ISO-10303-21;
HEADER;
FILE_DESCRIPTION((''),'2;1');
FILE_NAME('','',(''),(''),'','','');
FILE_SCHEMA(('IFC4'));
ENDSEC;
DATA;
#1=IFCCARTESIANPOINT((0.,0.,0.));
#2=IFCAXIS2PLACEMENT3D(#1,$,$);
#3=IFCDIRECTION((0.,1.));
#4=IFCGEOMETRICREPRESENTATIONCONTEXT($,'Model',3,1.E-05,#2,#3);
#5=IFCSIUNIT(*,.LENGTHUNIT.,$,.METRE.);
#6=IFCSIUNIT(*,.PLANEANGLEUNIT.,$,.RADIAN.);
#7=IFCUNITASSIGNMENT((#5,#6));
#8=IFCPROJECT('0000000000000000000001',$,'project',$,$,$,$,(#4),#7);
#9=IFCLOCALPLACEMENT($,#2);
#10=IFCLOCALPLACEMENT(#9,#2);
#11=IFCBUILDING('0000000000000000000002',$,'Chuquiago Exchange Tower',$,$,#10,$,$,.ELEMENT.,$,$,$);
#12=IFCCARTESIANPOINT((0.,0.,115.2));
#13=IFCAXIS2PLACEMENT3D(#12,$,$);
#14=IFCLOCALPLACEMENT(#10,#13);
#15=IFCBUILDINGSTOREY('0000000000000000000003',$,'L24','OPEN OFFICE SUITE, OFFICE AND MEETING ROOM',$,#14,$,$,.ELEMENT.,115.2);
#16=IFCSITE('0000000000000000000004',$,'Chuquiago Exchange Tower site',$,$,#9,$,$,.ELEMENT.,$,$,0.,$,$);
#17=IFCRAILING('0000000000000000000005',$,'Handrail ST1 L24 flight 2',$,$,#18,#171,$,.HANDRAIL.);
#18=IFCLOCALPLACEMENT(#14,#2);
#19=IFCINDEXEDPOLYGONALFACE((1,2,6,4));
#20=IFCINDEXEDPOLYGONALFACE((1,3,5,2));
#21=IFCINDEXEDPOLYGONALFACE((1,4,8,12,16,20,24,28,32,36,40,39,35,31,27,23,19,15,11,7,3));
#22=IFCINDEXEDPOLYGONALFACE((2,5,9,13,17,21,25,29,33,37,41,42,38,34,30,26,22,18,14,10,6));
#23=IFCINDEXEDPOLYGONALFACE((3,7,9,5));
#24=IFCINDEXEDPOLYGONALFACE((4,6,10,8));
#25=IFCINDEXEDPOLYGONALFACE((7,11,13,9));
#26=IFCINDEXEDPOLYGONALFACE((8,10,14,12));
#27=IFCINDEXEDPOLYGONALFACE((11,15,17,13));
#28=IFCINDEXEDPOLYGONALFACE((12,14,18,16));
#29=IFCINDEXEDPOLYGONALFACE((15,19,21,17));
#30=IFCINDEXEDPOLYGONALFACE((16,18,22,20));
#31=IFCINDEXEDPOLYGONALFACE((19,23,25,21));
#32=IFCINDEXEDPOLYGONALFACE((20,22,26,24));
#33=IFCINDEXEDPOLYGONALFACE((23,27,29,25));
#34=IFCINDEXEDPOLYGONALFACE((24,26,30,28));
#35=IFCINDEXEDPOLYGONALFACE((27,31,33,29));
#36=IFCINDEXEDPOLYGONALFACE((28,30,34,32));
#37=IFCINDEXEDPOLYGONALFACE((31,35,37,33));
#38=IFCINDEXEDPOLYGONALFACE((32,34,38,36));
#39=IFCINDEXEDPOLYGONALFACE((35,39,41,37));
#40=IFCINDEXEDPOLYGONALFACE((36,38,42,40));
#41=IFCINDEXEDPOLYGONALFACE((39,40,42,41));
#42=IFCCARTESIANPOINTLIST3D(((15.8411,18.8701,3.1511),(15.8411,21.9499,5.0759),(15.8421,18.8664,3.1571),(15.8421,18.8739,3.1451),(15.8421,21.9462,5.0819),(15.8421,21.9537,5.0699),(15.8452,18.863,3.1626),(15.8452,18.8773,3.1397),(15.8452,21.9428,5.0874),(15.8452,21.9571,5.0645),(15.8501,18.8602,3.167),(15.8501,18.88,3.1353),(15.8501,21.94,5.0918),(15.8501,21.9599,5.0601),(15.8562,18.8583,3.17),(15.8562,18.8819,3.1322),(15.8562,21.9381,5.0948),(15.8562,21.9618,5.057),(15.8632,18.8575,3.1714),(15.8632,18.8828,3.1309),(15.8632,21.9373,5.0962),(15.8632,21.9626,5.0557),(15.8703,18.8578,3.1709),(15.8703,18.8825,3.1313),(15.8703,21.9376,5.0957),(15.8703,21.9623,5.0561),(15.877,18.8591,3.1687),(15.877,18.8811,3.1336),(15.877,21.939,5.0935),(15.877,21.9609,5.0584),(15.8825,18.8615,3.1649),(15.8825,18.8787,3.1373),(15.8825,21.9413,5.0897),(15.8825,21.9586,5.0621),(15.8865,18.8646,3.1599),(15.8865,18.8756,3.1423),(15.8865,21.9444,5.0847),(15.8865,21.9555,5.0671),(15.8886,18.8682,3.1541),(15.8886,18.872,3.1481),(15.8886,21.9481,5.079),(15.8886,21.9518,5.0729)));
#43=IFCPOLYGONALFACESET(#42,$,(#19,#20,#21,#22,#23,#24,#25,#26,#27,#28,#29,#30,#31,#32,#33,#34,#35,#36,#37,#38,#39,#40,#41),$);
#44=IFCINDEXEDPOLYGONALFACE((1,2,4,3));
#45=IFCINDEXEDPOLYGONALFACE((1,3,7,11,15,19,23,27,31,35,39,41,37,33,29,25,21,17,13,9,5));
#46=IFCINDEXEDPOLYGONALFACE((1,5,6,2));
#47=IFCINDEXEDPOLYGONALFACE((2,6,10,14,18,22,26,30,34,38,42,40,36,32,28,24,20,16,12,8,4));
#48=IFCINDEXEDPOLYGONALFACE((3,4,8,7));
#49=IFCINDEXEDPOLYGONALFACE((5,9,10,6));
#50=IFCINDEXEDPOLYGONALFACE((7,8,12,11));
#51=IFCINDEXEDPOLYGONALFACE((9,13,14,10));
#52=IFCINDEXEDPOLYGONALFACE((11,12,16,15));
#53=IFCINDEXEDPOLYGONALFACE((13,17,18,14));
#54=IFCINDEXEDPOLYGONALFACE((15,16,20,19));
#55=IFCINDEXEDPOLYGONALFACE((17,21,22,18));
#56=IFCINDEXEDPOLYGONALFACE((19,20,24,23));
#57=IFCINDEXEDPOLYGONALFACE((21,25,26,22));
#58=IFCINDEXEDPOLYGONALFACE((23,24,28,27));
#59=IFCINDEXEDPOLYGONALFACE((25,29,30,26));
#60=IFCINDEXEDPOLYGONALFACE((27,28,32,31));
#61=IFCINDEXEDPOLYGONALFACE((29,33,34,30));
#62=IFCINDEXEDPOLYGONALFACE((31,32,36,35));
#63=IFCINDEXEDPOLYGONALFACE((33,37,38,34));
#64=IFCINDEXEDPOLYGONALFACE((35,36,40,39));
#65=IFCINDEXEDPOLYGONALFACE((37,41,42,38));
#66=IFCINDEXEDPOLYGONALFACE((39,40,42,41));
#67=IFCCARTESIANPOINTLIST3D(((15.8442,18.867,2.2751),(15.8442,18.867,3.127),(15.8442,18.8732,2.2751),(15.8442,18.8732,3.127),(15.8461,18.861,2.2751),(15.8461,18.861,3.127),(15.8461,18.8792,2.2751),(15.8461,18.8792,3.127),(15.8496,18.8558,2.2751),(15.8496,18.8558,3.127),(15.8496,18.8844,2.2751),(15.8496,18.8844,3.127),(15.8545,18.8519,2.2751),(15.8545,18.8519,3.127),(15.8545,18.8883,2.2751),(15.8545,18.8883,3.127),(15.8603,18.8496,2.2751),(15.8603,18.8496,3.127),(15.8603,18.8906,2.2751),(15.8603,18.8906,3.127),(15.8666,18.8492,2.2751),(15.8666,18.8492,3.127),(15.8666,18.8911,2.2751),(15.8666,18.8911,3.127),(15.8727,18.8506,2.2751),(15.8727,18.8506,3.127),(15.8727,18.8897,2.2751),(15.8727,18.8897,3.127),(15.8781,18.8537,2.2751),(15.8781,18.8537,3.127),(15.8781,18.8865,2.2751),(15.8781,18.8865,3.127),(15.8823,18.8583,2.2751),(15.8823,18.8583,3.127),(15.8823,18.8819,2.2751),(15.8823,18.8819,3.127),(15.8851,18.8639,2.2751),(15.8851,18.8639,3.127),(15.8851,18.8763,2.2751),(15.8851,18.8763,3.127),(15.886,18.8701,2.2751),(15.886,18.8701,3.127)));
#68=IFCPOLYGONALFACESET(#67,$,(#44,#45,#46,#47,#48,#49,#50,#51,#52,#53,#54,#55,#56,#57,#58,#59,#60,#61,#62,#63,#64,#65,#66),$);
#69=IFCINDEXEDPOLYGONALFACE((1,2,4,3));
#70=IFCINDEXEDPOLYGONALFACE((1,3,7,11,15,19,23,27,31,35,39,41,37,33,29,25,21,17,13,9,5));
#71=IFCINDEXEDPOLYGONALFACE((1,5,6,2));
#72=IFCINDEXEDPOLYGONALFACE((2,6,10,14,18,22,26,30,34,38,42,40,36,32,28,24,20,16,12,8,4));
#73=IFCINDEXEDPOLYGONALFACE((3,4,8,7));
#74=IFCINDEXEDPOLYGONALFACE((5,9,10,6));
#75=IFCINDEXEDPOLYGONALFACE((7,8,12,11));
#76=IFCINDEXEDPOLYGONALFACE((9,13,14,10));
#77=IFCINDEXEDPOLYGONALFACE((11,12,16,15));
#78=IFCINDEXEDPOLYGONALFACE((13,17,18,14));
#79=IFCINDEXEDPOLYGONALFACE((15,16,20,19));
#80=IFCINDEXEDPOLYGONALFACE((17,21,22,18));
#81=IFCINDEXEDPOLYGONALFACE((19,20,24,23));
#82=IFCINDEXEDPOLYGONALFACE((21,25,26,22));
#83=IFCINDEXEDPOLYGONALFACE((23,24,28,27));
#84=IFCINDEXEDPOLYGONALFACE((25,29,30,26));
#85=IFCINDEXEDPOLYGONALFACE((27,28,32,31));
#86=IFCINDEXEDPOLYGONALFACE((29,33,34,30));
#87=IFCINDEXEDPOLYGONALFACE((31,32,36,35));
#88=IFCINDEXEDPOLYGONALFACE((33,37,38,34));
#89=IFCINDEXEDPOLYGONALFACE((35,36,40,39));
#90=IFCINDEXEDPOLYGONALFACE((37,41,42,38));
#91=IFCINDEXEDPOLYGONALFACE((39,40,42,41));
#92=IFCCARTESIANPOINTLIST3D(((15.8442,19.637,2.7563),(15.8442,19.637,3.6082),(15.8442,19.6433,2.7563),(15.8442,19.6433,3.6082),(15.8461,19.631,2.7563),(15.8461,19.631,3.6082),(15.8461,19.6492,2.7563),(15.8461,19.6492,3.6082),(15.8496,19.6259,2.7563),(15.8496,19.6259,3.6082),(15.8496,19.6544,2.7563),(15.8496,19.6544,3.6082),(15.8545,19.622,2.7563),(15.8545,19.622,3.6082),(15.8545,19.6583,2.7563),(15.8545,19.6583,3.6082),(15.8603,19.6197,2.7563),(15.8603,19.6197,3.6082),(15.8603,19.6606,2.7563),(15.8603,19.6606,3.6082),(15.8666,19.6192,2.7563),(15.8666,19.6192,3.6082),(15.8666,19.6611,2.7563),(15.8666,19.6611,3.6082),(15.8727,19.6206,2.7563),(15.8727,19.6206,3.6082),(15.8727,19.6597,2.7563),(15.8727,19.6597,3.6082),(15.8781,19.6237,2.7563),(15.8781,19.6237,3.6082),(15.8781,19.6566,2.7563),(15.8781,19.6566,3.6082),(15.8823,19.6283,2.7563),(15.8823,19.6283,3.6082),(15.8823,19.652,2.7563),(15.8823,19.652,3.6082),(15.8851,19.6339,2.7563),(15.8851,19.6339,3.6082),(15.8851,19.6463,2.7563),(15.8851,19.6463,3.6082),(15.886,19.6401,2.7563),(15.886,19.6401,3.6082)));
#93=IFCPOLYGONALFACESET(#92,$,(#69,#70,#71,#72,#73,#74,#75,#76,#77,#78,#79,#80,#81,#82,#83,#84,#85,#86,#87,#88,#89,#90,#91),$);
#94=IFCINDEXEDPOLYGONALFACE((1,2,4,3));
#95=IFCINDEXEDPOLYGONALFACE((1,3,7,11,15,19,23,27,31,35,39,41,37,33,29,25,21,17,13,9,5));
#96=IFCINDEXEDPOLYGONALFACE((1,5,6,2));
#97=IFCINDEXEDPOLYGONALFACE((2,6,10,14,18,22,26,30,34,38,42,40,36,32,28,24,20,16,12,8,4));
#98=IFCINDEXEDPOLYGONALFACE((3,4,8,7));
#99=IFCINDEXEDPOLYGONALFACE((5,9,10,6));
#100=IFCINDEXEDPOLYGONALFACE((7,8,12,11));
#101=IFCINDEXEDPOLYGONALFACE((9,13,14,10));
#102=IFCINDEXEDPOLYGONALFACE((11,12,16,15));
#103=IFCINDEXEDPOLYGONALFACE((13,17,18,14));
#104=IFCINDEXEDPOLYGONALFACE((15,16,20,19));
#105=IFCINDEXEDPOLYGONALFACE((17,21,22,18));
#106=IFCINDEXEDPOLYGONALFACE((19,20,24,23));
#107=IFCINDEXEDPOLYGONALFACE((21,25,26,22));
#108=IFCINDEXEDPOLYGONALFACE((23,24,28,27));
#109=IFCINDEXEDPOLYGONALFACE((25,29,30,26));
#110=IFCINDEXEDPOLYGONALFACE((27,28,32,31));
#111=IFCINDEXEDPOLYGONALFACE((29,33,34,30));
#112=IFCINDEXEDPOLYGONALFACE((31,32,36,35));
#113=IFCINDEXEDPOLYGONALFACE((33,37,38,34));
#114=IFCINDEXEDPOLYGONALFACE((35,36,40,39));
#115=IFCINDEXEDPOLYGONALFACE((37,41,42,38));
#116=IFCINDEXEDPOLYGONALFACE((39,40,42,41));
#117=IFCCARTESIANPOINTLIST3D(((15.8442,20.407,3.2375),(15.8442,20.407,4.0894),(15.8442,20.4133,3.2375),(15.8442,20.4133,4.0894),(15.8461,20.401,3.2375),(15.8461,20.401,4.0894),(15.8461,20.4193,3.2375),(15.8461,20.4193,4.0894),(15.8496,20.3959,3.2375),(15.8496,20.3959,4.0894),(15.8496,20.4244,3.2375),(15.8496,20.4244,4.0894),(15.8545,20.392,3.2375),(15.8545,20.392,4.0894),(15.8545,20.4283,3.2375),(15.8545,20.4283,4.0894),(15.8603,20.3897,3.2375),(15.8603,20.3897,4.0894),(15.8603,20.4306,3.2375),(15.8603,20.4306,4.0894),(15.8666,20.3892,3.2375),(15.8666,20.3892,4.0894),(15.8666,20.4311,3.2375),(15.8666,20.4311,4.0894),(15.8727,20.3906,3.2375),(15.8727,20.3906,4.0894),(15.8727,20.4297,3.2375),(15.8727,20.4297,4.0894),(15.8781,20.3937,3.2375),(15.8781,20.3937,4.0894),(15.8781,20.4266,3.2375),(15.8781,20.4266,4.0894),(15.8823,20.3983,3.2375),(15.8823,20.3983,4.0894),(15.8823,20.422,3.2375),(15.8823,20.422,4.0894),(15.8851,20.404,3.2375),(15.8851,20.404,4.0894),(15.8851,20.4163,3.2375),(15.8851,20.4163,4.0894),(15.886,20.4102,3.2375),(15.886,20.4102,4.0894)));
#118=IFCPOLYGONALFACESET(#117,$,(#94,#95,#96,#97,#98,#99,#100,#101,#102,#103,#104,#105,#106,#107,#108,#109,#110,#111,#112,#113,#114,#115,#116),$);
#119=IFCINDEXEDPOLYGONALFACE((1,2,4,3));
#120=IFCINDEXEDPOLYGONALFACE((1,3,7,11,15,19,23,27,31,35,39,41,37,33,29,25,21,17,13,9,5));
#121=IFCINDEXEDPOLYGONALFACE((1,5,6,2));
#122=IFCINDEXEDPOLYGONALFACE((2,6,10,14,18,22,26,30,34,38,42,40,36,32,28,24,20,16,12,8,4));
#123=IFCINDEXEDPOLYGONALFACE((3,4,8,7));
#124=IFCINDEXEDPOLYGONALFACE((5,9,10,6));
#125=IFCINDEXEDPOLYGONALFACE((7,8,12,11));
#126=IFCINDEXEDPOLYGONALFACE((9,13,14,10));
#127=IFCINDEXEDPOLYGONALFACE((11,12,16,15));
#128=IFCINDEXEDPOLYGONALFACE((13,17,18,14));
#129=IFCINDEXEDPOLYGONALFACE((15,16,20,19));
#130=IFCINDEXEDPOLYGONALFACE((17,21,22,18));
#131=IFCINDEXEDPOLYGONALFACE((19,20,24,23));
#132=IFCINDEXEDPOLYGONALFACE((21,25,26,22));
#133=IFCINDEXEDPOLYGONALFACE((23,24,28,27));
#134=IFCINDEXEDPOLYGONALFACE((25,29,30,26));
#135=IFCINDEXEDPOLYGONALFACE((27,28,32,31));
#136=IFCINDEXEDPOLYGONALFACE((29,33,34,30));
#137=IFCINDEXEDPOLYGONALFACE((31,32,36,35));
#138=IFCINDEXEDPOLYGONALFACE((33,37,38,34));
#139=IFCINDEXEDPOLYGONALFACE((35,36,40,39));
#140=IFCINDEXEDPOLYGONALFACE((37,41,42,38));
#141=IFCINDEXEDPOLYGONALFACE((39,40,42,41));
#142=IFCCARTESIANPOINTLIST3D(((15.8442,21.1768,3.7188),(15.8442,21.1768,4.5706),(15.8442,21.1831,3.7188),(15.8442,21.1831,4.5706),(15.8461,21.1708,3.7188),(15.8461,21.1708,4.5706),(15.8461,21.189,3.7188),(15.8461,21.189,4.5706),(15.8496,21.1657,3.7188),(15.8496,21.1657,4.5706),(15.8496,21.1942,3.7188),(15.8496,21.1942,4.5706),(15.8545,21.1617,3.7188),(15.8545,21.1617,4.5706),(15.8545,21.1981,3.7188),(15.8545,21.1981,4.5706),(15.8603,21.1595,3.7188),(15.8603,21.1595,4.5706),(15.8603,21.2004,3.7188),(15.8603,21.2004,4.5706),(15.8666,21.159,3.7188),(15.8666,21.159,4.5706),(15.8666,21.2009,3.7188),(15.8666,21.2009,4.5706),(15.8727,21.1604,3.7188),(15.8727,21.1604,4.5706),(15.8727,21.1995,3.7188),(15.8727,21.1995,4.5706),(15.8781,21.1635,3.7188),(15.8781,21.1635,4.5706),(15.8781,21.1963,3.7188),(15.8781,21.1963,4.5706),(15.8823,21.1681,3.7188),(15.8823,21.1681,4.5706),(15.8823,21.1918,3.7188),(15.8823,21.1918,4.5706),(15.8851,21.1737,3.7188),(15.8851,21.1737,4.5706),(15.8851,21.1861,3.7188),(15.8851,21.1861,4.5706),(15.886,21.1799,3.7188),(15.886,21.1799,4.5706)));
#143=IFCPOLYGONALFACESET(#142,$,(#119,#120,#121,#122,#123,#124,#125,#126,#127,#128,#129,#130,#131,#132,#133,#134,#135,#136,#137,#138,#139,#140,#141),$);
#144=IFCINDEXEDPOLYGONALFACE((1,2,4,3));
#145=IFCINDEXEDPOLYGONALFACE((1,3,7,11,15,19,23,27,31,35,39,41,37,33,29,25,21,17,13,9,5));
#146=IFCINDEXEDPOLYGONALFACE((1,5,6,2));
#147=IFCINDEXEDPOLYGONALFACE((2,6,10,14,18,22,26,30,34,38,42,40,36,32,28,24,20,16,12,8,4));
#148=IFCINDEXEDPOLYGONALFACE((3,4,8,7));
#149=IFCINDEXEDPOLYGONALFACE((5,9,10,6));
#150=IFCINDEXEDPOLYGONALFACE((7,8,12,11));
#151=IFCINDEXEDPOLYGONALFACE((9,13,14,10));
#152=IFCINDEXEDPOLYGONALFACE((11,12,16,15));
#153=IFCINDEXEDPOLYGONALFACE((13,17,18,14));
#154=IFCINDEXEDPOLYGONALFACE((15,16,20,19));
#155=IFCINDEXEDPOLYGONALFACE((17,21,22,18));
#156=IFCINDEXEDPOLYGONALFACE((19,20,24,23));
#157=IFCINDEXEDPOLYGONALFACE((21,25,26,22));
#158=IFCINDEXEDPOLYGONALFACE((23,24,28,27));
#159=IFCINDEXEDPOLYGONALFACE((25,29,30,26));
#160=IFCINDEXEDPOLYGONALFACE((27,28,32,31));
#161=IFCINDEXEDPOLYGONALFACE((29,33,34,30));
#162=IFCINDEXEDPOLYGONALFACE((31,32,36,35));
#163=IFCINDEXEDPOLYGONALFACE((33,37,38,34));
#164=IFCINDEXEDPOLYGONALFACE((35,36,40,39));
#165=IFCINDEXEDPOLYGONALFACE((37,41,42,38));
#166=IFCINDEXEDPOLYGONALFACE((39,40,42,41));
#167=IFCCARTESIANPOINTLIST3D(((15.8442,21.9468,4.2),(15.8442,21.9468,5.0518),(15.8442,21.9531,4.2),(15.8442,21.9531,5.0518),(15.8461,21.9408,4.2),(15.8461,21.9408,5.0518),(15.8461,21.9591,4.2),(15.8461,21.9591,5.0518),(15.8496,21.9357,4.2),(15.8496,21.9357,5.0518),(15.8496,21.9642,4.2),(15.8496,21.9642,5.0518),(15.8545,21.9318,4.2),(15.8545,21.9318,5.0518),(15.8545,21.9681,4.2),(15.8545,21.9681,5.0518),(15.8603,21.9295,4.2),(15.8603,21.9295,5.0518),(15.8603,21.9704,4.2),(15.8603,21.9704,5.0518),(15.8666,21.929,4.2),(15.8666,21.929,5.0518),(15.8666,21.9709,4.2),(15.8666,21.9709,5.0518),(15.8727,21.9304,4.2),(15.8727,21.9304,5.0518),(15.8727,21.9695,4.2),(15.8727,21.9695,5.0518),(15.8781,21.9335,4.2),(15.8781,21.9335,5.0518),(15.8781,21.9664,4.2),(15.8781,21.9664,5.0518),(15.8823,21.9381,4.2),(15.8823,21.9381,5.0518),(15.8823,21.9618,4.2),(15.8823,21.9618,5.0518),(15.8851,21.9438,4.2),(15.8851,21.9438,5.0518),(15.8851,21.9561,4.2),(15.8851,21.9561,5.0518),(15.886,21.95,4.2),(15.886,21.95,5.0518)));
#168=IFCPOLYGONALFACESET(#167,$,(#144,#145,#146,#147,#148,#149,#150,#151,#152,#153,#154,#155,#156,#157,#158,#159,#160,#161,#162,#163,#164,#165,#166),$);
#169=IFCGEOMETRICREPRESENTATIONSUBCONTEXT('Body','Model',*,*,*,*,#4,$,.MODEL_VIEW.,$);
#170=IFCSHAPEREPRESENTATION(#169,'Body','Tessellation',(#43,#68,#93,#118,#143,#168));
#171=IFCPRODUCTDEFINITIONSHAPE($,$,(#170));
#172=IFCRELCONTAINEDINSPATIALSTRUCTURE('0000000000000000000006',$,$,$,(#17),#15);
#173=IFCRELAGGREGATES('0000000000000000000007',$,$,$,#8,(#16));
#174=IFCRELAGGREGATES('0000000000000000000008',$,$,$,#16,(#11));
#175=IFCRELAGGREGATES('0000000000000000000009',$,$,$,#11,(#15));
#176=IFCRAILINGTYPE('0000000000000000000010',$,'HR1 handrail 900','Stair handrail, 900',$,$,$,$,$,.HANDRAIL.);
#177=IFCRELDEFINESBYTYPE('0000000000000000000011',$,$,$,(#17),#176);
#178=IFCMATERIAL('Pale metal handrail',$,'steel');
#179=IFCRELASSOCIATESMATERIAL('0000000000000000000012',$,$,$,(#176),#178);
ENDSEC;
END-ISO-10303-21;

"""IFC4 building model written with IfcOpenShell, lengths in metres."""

from ifc_helpers import new_model, si_unit, direction, frame, origin, origin_2d, place, context, subcontext, project, spatial, circle, extrude, material, type_object, element, save


model = new_model("IFC4")

# Units and contexts
model_context = context("Model", 3, precision=1e-05, world=origin(), true_north=direction((0.0, 1.0)))
body_context = subcontext(model_context, "Body", "Model", "MODEL_VIEW")
ifc_project = project(units=[si_unit("LENGTHUNIT", "METRE"), si_unit("PLANEANGLEUNIT", "RADIAN")], contexts=[model_context])

# Site, building, storey
site_placement = place(None, origin())
site = spatial("IfcSite", under=ifc_project, at=site_placement, Name="Chuquiago Exchange Tower site", CompositionType="ELEMENT", RefElevation=0.0)
building_placement = place(site_placement, origin())
building = spatial("IfcBuilding", under=site, at=building_placement, Name="Chuquiago Exchange Tower", CompositionType="ELEMENT")
storey_placement = place(building_placement, frame((0.0, 0.0, 115.2)))
storey = spatial("IfcBuildingStorey", under=building, at=storey_placement, Name="L24", Description="OPEN OFFICE SUITE, OFFICE AND MEETING ROOM", CompositionType="ELEMENT", Elevation=115.2)

# Railing
ifc_material_1 = material(Name="Pale metal handrail", Category="steel")
railing_type_1 = type_object("IfcRailingType", Name="HR1 handrail 900", Description="Stair handrail, 900", PredefinedType="HANDRAIL", material=ifc_material_1)
railing_1_placement = place(storey_placement, frame((15.865, 18.8701, 2.2751)))
element("IfcRailing", 1, at=railing_1_placement, inside=storey, type_object=railing_type_1, Name="Handrail ST1 L24 flight 2", PredefinedType="HANDRAIL", context=body_context, shape_type="SweptSolid", body=[
    extrude(circle(Radius=0.0239, at=origin_2d()), frame((0.0, 0.0, 0.876), z_axis=(0.0, 0.84801, 0.529981), x_axis=(-1.0, 0.0, 0.0)), (0.0, 0.0, 1.0), 3.6318),
    extrude(circle(Radius=0.021, at=origin_2d()), origin(), (0.0, 0.0, 1.0), 0.8518),
    extrude(circle(Radius=0.021, at=origin_2d()), frame((0.0, 0.77, 0.4812)), (0.0, 0.0, 1.0), 0.8518),
    extrude(circle(Radius=0.021, at=origin_2d()), frame((0.0, 1.54, 0.9624)), (0.0, 0.0, 1.0), 0.8518),
    extrude(circle(Radius=0.021, at=origin_2d()), frame((0.0, 2.3098, 1.4436)), (0.0, 0.0, 1.0), 0.8518),
    extrude(circle(Radius=0.021, at=origin_2d()), frame((0.0, 3.0798, 1.9248)), (0.0, 0.0, 1.0), 0.8518),
])

save(model, "model.ifc")
